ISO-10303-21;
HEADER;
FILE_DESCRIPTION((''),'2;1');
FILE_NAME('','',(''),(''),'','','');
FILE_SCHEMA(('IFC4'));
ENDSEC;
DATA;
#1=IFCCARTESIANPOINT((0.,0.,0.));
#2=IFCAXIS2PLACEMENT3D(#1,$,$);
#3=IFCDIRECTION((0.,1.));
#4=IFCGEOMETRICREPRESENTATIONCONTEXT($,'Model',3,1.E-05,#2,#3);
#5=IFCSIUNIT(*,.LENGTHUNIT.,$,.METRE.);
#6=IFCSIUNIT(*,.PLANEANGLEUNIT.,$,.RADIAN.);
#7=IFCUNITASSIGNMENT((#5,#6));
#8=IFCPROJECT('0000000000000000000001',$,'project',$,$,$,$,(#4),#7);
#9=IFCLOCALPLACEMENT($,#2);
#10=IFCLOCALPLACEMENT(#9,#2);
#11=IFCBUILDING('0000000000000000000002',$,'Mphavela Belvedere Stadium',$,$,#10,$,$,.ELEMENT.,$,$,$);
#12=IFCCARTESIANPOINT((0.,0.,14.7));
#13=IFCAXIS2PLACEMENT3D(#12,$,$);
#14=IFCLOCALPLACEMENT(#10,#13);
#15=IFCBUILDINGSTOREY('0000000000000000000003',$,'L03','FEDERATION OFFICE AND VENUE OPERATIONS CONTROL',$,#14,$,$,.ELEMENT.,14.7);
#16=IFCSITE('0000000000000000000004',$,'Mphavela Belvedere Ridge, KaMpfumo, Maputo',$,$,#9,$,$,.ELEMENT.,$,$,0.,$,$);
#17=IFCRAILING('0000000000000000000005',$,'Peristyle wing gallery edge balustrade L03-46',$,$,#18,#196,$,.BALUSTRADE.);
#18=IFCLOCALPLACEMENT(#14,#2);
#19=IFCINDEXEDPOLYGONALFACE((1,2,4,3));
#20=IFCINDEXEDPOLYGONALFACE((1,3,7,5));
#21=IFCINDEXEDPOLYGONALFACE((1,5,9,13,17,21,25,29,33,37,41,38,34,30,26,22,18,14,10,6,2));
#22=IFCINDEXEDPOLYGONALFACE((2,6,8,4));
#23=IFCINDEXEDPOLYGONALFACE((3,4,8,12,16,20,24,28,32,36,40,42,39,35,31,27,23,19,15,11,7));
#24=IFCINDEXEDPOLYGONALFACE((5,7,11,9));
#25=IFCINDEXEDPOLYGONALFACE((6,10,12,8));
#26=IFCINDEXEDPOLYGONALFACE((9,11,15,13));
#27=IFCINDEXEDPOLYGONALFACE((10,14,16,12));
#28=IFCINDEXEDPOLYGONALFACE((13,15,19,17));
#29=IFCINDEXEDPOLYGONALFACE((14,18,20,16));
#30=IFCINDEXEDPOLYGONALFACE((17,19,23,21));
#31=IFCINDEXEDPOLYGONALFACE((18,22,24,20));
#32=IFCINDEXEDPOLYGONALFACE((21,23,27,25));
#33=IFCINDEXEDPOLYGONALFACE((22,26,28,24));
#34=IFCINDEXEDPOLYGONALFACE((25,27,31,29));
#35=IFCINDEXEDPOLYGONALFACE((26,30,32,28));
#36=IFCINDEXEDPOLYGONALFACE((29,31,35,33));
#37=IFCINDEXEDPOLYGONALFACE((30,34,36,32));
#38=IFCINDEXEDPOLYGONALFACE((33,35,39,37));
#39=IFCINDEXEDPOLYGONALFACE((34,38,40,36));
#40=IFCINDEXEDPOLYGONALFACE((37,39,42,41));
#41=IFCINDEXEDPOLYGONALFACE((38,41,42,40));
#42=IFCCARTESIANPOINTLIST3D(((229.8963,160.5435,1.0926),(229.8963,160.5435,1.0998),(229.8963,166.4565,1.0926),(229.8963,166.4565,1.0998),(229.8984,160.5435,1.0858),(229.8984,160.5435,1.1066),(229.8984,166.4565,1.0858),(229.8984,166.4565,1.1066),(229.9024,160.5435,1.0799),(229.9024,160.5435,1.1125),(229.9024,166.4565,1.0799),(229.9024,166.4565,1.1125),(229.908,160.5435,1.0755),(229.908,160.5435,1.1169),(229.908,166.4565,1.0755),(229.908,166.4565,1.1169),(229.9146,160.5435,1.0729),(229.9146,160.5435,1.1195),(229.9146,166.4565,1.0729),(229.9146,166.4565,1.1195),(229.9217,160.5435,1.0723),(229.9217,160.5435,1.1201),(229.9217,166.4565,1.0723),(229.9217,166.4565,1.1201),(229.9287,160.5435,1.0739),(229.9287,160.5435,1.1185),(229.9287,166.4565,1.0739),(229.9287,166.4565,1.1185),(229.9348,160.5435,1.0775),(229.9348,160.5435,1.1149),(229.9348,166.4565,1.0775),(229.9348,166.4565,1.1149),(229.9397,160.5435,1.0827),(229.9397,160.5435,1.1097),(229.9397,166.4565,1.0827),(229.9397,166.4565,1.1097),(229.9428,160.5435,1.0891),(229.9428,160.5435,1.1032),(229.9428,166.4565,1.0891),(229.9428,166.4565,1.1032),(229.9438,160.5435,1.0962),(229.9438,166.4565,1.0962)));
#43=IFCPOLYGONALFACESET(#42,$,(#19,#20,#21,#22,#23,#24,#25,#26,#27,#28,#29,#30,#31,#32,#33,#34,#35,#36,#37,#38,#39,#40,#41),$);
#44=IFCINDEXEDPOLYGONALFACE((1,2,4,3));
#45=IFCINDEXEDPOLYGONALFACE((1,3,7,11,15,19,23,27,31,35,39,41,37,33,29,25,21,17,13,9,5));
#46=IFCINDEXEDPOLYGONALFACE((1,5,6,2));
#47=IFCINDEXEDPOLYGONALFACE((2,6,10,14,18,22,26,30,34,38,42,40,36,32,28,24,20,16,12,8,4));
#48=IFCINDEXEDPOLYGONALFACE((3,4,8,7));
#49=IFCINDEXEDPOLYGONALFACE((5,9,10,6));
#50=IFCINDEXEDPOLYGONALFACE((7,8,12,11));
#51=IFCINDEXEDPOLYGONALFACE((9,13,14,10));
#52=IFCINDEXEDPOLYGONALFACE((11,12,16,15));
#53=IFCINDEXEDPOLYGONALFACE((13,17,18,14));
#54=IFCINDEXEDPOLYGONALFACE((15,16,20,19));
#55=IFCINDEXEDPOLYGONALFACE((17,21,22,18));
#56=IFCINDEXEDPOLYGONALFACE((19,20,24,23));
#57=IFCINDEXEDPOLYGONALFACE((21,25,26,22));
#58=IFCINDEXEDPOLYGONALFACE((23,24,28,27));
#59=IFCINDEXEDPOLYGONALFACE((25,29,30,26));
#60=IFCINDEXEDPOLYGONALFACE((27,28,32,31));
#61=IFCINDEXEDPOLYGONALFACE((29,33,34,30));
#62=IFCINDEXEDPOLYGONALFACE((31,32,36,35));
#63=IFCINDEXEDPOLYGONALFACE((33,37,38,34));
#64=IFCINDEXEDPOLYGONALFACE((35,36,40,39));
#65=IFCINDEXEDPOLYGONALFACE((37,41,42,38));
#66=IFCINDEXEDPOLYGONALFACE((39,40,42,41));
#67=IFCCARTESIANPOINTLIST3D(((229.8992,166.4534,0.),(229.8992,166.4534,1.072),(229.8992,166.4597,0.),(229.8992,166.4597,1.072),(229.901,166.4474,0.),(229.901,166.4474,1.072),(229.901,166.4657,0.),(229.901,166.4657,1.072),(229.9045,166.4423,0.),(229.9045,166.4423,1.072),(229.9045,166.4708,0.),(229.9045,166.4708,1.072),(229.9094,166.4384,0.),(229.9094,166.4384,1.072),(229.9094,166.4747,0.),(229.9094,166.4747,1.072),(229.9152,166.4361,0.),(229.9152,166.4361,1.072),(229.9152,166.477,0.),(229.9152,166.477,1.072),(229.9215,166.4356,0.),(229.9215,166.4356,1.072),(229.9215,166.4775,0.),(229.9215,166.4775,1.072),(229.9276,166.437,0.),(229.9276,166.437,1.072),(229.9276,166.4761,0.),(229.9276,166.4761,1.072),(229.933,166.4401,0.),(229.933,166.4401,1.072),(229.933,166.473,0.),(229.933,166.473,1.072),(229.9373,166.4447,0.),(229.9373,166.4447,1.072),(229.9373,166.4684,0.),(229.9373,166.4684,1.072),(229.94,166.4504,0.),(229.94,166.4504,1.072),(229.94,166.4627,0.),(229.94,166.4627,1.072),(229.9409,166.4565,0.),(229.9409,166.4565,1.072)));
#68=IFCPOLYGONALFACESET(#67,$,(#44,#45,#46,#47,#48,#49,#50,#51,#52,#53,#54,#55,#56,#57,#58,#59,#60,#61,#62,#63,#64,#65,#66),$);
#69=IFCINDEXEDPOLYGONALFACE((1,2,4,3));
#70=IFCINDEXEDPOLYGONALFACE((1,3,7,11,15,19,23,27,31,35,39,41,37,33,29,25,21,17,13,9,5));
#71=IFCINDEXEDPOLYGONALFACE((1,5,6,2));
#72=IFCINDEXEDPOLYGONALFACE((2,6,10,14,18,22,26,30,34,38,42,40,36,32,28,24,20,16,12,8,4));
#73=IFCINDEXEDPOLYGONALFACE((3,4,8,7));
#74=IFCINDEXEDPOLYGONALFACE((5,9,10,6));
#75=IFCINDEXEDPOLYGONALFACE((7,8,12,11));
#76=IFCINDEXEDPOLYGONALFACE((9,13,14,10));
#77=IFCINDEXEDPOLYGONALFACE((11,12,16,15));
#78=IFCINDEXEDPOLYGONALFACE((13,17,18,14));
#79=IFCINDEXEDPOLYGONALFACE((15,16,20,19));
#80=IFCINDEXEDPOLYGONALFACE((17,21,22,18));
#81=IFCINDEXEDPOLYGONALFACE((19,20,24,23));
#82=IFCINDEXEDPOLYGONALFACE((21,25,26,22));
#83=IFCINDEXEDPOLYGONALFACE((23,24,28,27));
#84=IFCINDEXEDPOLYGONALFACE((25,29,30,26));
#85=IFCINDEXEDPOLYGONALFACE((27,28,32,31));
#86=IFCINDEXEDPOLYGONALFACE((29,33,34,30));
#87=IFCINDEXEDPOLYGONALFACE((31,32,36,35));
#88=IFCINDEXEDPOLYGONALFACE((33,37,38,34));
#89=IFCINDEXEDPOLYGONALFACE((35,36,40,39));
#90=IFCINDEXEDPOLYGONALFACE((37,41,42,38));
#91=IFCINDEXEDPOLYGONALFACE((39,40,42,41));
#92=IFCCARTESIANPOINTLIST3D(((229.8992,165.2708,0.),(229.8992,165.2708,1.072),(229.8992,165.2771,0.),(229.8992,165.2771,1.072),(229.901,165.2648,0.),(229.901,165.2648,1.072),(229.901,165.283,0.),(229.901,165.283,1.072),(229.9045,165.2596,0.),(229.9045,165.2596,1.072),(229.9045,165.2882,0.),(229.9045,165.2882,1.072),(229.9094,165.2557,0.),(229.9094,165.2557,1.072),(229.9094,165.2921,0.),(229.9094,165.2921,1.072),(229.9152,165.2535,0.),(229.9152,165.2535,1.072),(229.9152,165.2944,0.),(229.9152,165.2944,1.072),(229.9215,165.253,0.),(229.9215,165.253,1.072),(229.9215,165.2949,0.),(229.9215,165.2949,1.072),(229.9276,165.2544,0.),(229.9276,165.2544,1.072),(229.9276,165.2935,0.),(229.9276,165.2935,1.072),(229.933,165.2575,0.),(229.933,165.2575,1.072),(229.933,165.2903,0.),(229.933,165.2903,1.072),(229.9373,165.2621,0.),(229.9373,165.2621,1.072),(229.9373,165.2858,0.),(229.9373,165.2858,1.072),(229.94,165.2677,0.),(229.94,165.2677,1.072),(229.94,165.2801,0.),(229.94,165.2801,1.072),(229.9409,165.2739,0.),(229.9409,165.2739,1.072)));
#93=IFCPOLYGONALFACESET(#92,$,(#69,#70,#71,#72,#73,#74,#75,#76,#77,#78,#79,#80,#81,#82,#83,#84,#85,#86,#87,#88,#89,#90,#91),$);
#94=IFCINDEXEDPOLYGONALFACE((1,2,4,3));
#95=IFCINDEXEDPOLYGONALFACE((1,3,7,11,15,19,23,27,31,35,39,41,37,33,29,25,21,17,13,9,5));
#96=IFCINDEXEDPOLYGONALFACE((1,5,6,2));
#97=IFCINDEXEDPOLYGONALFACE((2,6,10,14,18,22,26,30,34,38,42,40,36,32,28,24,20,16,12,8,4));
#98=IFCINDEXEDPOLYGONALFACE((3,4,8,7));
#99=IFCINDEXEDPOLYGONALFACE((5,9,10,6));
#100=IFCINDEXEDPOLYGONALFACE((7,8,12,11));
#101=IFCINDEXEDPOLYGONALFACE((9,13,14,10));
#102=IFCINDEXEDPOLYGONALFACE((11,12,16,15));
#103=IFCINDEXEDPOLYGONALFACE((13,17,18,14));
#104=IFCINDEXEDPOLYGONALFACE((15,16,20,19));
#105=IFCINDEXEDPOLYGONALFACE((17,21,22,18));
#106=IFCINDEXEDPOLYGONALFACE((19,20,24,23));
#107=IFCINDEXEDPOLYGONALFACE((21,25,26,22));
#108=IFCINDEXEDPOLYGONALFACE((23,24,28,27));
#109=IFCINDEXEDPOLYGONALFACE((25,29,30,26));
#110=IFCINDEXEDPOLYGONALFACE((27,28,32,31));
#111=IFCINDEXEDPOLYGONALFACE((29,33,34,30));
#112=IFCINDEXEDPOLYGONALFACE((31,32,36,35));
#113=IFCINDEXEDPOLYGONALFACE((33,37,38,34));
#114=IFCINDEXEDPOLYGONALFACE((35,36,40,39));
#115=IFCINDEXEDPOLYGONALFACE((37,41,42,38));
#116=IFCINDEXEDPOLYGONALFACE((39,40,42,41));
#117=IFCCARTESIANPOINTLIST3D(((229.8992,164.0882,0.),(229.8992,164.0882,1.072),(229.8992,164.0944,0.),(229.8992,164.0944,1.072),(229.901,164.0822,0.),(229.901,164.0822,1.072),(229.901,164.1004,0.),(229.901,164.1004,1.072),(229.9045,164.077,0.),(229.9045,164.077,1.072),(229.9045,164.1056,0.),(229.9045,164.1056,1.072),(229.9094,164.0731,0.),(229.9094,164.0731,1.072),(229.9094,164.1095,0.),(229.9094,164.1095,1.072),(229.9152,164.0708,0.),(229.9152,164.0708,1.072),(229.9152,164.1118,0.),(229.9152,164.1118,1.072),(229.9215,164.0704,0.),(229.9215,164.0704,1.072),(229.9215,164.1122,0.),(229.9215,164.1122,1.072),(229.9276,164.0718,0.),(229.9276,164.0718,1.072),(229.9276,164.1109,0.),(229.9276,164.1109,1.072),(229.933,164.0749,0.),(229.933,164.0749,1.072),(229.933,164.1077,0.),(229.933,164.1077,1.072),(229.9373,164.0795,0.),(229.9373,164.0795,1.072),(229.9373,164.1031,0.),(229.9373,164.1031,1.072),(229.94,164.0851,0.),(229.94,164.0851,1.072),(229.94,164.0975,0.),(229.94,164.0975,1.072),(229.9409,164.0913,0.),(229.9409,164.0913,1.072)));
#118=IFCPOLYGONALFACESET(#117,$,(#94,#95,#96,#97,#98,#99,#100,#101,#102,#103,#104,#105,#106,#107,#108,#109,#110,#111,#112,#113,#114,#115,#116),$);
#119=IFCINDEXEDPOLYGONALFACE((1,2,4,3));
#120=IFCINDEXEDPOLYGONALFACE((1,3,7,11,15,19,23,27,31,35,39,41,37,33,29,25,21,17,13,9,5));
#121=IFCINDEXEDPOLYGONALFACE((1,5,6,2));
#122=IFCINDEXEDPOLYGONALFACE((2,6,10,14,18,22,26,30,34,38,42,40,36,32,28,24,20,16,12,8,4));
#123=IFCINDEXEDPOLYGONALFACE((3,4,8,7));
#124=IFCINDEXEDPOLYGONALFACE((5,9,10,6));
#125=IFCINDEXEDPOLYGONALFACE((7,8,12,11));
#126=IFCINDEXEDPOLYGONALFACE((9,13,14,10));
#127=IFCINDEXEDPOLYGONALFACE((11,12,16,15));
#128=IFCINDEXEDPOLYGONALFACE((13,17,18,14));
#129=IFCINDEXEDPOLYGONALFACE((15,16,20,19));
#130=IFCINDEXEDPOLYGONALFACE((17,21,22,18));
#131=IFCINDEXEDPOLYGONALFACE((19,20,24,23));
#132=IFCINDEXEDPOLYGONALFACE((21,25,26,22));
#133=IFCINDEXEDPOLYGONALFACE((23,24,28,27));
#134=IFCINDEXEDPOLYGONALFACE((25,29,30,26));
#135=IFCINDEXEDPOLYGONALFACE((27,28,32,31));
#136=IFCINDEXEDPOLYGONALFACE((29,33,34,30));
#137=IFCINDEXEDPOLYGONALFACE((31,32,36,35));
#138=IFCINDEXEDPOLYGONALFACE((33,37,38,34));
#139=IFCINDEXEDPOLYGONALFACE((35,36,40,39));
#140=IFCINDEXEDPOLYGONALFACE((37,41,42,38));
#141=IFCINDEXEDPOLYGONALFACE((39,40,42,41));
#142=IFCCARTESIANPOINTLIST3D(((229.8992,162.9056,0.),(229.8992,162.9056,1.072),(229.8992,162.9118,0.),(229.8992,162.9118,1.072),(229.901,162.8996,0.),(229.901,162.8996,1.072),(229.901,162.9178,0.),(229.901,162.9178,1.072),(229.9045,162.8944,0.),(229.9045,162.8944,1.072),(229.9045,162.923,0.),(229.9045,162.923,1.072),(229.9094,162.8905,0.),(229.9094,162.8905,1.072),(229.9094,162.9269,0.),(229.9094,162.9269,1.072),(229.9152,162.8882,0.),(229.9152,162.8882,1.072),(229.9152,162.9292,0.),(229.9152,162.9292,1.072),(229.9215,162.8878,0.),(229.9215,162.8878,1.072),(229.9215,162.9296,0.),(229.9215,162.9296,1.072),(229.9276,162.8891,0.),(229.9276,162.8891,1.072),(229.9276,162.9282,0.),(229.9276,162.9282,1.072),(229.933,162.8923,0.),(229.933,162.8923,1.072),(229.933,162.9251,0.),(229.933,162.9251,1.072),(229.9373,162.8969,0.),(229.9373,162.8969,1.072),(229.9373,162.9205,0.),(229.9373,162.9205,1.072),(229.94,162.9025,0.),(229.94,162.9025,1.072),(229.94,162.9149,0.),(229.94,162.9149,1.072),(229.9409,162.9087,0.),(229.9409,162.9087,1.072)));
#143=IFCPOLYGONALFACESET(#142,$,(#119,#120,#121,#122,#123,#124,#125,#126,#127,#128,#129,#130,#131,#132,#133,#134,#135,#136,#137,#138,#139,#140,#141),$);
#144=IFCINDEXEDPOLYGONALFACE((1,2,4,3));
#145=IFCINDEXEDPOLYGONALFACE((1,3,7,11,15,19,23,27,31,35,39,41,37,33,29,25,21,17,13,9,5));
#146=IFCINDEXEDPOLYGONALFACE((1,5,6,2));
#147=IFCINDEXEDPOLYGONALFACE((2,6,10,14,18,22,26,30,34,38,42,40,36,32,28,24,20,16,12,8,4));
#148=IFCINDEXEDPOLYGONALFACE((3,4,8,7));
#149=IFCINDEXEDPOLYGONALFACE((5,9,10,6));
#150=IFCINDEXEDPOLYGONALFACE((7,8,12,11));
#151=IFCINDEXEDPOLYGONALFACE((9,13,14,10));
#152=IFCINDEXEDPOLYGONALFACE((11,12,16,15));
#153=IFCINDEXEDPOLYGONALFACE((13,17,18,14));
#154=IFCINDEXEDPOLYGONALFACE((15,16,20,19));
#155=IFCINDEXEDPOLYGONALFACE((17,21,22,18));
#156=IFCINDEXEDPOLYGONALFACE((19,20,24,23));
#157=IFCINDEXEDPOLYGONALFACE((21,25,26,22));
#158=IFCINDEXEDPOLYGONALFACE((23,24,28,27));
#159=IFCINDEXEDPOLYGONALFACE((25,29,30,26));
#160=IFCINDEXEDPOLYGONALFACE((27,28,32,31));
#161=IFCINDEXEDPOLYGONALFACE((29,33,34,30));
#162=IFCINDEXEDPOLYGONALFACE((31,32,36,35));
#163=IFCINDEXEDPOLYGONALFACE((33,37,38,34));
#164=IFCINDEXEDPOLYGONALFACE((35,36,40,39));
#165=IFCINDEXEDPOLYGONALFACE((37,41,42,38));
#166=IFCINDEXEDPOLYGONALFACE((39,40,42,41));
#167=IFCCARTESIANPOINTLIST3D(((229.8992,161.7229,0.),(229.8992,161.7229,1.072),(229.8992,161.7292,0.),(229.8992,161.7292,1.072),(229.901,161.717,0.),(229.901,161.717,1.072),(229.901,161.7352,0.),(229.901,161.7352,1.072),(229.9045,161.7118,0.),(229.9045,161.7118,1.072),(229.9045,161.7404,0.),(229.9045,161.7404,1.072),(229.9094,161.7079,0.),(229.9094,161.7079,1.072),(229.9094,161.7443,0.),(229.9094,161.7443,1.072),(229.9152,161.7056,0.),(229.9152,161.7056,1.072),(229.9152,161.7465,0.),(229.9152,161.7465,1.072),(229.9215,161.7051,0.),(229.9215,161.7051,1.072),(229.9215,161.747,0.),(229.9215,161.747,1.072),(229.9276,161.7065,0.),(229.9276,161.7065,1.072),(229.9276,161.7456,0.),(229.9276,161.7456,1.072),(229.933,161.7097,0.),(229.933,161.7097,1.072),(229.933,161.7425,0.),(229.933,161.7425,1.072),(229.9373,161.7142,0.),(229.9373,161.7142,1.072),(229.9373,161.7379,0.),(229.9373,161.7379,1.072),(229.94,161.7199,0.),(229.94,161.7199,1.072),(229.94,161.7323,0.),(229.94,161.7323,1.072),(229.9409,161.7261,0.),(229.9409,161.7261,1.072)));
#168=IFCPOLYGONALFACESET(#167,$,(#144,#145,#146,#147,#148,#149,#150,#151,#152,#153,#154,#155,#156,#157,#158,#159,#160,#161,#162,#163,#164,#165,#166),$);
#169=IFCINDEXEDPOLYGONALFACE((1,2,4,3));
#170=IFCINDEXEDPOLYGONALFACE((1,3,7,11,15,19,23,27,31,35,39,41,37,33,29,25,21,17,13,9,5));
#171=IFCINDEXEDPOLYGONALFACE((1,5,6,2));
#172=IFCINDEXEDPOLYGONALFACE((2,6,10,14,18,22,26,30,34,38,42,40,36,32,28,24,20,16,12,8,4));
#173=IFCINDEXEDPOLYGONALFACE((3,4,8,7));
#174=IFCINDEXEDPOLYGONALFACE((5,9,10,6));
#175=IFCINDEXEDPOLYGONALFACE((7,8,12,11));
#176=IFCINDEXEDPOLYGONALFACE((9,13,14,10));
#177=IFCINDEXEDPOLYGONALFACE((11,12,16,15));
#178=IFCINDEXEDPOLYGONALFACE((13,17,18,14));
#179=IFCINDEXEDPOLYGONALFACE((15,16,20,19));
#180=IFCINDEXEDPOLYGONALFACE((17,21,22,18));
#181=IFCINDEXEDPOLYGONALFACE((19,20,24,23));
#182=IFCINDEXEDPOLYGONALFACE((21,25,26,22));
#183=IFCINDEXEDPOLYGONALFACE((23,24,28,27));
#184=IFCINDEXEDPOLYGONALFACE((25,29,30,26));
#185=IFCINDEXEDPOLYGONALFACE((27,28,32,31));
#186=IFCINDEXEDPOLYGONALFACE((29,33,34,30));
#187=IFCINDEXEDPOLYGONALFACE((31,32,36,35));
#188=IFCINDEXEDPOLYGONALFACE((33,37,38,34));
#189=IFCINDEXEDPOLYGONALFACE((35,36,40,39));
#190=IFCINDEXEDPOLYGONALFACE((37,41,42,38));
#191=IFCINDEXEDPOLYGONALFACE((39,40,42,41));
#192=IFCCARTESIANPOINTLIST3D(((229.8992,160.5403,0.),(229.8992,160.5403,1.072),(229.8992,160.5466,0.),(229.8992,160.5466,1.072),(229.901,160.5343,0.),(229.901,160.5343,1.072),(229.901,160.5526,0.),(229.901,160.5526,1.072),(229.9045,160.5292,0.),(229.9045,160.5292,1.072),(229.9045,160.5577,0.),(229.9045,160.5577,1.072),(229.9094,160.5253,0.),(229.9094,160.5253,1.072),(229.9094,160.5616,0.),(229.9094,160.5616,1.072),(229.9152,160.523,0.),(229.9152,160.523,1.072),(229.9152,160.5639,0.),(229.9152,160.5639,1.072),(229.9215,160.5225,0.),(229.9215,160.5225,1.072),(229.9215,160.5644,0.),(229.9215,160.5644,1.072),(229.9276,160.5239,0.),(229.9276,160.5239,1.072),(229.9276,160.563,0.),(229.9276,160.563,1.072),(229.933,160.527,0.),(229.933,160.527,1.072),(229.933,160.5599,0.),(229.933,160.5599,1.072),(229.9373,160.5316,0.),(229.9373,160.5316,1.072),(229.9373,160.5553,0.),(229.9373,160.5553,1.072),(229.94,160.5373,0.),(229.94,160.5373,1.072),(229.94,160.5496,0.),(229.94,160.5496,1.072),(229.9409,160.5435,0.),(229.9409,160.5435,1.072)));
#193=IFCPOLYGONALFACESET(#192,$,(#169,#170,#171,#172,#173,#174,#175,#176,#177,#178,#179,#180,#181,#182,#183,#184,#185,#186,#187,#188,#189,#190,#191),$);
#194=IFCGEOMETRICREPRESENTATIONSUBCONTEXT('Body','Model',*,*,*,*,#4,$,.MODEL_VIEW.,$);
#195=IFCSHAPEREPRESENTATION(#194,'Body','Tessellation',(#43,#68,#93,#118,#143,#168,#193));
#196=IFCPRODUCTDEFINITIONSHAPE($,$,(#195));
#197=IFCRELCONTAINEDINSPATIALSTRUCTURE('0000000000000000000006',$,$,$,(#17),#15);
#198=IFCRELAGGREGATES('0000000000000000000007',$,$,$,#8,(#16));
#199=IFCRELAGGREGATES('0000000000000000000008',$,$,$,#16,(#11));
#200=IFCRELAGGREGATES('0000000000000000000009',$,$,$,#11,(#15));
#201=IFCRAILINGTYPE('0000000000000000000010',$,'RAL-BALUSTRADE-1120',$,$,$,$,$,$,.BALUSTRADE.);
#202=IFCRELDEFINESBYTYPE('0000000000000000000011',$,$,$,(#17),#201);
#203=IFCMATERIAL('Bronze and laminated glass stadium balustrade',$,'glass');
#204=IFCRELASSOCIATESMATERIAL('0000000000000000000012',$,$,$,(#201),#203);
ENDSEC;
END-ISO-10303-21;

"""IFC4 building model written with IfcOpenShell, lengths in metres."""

from ifc_helpers import new_model, si_unit, direction, frame, origin, origin_2d, place, context, subcontext, project, spatial, circle, extrude, material, type_object, element, save


model = new_model("IFC4")

# Units and contexts
model_context = context("Model", 3, precision=1e-05, world=origin(), true_north=direction((0.0, 1.0)))
body_context = subcontext(model_context, "Body", "Model", "MODEL_VIEW")
ifc_project = project(units=[si_unit("LENGTHUNIT", "METRE"), si_unit("PLANEANGLEUNIT", "RADIAN")], contexts=[model_context])

# Site, building, storey
site_placement = place(None, origin())
site = spatial("IfcSite", under=ifc_project, at=site_placement, Name="Mphavela Belvedere Ridge, KaMpfumo, Maputo", CompositionType="ELEMENT", RefElevation=0.0)
building_placement = place(site_placement, origin())
building = spatial("IfcBuilding", under=site, at=building_placement, Name="Mphavela Belvedere Stadium", CompositionType="ELEMENT")
storey_placement = place(building_placement, frame((0.0, 0.0, 14.7)))
storey = spatial("IfcBuildingStorey", under=building, at=storey_placement, Name="L03", Description="FEDERATION OFFICE AND VENUE OPERATIONS CONTROL", CompositionType="ELEMENT", Elevation=14.7)

# Railing
ifc_material_1 = material(Name="Bronze and laminated glass stadium balustrade", Category="glass")
railing_type = type_object("IfcRailingType", Name="RAL-BALUSTRADE-1120", PredefinedType="BALUSTRADE", material=ifc_material_1)
for number, where, name in (
    (1, (229.9199, 166.4565, 0.0), "Peristyle wing gallery edge balustrade L03-46"),
):
    element("IfcRailing", number, at=place(storey_placement, frame(where)), inside=storey, type_object=railing_type, Name=name, PredefinedType="BALUSTRADE", context=body_context, shape_type="SweptSolid", body=[
        extrude(circle(Radius=0.0239, at=origin_2d()), frame((0.0, 0.0, 1.0962), z_axis=(0.0, -1.0, 0.0), x_axis=(1.0, 0.0, 0.0)), (0.0, 0.0, 1.0), 5.9131),
        extrude(circle(Radius=0.021, at=origin_2d()), origin(), (0.0, 0.0, 1.0), 1.072),
        extrude(circle(Radius=0.021, at=origin_2d()), frame((0.0, -1.1826, 0.0)), (0.0, 0.0, 1.0), 1.072),
        extrude(circle(Radius=0.021, at=origin_2d()), frame((0.0, -2.3652, 0.0)), (0.0, 0.0, 1.0), 1.072),
        extrude(circle(Radius=0.021, at=origin_2d()), frame((0.0, -3.5479, 0.0)), (0.0, 0.0, 1.0), 1.072),
        extrude(circle(Radius=0.021, at=origin_2d()), frame((0.0, -4.7305, 0.0)), (0.0, 0.0, 1.0), 1.072),
        extrude(circle(Radius=0.021, at=origin_2d()), frame((0.0, -5.9131, 0.0)), (0.0, 0.0, 1.0), 1.072),
    ])

save(model, "model.ifc")
